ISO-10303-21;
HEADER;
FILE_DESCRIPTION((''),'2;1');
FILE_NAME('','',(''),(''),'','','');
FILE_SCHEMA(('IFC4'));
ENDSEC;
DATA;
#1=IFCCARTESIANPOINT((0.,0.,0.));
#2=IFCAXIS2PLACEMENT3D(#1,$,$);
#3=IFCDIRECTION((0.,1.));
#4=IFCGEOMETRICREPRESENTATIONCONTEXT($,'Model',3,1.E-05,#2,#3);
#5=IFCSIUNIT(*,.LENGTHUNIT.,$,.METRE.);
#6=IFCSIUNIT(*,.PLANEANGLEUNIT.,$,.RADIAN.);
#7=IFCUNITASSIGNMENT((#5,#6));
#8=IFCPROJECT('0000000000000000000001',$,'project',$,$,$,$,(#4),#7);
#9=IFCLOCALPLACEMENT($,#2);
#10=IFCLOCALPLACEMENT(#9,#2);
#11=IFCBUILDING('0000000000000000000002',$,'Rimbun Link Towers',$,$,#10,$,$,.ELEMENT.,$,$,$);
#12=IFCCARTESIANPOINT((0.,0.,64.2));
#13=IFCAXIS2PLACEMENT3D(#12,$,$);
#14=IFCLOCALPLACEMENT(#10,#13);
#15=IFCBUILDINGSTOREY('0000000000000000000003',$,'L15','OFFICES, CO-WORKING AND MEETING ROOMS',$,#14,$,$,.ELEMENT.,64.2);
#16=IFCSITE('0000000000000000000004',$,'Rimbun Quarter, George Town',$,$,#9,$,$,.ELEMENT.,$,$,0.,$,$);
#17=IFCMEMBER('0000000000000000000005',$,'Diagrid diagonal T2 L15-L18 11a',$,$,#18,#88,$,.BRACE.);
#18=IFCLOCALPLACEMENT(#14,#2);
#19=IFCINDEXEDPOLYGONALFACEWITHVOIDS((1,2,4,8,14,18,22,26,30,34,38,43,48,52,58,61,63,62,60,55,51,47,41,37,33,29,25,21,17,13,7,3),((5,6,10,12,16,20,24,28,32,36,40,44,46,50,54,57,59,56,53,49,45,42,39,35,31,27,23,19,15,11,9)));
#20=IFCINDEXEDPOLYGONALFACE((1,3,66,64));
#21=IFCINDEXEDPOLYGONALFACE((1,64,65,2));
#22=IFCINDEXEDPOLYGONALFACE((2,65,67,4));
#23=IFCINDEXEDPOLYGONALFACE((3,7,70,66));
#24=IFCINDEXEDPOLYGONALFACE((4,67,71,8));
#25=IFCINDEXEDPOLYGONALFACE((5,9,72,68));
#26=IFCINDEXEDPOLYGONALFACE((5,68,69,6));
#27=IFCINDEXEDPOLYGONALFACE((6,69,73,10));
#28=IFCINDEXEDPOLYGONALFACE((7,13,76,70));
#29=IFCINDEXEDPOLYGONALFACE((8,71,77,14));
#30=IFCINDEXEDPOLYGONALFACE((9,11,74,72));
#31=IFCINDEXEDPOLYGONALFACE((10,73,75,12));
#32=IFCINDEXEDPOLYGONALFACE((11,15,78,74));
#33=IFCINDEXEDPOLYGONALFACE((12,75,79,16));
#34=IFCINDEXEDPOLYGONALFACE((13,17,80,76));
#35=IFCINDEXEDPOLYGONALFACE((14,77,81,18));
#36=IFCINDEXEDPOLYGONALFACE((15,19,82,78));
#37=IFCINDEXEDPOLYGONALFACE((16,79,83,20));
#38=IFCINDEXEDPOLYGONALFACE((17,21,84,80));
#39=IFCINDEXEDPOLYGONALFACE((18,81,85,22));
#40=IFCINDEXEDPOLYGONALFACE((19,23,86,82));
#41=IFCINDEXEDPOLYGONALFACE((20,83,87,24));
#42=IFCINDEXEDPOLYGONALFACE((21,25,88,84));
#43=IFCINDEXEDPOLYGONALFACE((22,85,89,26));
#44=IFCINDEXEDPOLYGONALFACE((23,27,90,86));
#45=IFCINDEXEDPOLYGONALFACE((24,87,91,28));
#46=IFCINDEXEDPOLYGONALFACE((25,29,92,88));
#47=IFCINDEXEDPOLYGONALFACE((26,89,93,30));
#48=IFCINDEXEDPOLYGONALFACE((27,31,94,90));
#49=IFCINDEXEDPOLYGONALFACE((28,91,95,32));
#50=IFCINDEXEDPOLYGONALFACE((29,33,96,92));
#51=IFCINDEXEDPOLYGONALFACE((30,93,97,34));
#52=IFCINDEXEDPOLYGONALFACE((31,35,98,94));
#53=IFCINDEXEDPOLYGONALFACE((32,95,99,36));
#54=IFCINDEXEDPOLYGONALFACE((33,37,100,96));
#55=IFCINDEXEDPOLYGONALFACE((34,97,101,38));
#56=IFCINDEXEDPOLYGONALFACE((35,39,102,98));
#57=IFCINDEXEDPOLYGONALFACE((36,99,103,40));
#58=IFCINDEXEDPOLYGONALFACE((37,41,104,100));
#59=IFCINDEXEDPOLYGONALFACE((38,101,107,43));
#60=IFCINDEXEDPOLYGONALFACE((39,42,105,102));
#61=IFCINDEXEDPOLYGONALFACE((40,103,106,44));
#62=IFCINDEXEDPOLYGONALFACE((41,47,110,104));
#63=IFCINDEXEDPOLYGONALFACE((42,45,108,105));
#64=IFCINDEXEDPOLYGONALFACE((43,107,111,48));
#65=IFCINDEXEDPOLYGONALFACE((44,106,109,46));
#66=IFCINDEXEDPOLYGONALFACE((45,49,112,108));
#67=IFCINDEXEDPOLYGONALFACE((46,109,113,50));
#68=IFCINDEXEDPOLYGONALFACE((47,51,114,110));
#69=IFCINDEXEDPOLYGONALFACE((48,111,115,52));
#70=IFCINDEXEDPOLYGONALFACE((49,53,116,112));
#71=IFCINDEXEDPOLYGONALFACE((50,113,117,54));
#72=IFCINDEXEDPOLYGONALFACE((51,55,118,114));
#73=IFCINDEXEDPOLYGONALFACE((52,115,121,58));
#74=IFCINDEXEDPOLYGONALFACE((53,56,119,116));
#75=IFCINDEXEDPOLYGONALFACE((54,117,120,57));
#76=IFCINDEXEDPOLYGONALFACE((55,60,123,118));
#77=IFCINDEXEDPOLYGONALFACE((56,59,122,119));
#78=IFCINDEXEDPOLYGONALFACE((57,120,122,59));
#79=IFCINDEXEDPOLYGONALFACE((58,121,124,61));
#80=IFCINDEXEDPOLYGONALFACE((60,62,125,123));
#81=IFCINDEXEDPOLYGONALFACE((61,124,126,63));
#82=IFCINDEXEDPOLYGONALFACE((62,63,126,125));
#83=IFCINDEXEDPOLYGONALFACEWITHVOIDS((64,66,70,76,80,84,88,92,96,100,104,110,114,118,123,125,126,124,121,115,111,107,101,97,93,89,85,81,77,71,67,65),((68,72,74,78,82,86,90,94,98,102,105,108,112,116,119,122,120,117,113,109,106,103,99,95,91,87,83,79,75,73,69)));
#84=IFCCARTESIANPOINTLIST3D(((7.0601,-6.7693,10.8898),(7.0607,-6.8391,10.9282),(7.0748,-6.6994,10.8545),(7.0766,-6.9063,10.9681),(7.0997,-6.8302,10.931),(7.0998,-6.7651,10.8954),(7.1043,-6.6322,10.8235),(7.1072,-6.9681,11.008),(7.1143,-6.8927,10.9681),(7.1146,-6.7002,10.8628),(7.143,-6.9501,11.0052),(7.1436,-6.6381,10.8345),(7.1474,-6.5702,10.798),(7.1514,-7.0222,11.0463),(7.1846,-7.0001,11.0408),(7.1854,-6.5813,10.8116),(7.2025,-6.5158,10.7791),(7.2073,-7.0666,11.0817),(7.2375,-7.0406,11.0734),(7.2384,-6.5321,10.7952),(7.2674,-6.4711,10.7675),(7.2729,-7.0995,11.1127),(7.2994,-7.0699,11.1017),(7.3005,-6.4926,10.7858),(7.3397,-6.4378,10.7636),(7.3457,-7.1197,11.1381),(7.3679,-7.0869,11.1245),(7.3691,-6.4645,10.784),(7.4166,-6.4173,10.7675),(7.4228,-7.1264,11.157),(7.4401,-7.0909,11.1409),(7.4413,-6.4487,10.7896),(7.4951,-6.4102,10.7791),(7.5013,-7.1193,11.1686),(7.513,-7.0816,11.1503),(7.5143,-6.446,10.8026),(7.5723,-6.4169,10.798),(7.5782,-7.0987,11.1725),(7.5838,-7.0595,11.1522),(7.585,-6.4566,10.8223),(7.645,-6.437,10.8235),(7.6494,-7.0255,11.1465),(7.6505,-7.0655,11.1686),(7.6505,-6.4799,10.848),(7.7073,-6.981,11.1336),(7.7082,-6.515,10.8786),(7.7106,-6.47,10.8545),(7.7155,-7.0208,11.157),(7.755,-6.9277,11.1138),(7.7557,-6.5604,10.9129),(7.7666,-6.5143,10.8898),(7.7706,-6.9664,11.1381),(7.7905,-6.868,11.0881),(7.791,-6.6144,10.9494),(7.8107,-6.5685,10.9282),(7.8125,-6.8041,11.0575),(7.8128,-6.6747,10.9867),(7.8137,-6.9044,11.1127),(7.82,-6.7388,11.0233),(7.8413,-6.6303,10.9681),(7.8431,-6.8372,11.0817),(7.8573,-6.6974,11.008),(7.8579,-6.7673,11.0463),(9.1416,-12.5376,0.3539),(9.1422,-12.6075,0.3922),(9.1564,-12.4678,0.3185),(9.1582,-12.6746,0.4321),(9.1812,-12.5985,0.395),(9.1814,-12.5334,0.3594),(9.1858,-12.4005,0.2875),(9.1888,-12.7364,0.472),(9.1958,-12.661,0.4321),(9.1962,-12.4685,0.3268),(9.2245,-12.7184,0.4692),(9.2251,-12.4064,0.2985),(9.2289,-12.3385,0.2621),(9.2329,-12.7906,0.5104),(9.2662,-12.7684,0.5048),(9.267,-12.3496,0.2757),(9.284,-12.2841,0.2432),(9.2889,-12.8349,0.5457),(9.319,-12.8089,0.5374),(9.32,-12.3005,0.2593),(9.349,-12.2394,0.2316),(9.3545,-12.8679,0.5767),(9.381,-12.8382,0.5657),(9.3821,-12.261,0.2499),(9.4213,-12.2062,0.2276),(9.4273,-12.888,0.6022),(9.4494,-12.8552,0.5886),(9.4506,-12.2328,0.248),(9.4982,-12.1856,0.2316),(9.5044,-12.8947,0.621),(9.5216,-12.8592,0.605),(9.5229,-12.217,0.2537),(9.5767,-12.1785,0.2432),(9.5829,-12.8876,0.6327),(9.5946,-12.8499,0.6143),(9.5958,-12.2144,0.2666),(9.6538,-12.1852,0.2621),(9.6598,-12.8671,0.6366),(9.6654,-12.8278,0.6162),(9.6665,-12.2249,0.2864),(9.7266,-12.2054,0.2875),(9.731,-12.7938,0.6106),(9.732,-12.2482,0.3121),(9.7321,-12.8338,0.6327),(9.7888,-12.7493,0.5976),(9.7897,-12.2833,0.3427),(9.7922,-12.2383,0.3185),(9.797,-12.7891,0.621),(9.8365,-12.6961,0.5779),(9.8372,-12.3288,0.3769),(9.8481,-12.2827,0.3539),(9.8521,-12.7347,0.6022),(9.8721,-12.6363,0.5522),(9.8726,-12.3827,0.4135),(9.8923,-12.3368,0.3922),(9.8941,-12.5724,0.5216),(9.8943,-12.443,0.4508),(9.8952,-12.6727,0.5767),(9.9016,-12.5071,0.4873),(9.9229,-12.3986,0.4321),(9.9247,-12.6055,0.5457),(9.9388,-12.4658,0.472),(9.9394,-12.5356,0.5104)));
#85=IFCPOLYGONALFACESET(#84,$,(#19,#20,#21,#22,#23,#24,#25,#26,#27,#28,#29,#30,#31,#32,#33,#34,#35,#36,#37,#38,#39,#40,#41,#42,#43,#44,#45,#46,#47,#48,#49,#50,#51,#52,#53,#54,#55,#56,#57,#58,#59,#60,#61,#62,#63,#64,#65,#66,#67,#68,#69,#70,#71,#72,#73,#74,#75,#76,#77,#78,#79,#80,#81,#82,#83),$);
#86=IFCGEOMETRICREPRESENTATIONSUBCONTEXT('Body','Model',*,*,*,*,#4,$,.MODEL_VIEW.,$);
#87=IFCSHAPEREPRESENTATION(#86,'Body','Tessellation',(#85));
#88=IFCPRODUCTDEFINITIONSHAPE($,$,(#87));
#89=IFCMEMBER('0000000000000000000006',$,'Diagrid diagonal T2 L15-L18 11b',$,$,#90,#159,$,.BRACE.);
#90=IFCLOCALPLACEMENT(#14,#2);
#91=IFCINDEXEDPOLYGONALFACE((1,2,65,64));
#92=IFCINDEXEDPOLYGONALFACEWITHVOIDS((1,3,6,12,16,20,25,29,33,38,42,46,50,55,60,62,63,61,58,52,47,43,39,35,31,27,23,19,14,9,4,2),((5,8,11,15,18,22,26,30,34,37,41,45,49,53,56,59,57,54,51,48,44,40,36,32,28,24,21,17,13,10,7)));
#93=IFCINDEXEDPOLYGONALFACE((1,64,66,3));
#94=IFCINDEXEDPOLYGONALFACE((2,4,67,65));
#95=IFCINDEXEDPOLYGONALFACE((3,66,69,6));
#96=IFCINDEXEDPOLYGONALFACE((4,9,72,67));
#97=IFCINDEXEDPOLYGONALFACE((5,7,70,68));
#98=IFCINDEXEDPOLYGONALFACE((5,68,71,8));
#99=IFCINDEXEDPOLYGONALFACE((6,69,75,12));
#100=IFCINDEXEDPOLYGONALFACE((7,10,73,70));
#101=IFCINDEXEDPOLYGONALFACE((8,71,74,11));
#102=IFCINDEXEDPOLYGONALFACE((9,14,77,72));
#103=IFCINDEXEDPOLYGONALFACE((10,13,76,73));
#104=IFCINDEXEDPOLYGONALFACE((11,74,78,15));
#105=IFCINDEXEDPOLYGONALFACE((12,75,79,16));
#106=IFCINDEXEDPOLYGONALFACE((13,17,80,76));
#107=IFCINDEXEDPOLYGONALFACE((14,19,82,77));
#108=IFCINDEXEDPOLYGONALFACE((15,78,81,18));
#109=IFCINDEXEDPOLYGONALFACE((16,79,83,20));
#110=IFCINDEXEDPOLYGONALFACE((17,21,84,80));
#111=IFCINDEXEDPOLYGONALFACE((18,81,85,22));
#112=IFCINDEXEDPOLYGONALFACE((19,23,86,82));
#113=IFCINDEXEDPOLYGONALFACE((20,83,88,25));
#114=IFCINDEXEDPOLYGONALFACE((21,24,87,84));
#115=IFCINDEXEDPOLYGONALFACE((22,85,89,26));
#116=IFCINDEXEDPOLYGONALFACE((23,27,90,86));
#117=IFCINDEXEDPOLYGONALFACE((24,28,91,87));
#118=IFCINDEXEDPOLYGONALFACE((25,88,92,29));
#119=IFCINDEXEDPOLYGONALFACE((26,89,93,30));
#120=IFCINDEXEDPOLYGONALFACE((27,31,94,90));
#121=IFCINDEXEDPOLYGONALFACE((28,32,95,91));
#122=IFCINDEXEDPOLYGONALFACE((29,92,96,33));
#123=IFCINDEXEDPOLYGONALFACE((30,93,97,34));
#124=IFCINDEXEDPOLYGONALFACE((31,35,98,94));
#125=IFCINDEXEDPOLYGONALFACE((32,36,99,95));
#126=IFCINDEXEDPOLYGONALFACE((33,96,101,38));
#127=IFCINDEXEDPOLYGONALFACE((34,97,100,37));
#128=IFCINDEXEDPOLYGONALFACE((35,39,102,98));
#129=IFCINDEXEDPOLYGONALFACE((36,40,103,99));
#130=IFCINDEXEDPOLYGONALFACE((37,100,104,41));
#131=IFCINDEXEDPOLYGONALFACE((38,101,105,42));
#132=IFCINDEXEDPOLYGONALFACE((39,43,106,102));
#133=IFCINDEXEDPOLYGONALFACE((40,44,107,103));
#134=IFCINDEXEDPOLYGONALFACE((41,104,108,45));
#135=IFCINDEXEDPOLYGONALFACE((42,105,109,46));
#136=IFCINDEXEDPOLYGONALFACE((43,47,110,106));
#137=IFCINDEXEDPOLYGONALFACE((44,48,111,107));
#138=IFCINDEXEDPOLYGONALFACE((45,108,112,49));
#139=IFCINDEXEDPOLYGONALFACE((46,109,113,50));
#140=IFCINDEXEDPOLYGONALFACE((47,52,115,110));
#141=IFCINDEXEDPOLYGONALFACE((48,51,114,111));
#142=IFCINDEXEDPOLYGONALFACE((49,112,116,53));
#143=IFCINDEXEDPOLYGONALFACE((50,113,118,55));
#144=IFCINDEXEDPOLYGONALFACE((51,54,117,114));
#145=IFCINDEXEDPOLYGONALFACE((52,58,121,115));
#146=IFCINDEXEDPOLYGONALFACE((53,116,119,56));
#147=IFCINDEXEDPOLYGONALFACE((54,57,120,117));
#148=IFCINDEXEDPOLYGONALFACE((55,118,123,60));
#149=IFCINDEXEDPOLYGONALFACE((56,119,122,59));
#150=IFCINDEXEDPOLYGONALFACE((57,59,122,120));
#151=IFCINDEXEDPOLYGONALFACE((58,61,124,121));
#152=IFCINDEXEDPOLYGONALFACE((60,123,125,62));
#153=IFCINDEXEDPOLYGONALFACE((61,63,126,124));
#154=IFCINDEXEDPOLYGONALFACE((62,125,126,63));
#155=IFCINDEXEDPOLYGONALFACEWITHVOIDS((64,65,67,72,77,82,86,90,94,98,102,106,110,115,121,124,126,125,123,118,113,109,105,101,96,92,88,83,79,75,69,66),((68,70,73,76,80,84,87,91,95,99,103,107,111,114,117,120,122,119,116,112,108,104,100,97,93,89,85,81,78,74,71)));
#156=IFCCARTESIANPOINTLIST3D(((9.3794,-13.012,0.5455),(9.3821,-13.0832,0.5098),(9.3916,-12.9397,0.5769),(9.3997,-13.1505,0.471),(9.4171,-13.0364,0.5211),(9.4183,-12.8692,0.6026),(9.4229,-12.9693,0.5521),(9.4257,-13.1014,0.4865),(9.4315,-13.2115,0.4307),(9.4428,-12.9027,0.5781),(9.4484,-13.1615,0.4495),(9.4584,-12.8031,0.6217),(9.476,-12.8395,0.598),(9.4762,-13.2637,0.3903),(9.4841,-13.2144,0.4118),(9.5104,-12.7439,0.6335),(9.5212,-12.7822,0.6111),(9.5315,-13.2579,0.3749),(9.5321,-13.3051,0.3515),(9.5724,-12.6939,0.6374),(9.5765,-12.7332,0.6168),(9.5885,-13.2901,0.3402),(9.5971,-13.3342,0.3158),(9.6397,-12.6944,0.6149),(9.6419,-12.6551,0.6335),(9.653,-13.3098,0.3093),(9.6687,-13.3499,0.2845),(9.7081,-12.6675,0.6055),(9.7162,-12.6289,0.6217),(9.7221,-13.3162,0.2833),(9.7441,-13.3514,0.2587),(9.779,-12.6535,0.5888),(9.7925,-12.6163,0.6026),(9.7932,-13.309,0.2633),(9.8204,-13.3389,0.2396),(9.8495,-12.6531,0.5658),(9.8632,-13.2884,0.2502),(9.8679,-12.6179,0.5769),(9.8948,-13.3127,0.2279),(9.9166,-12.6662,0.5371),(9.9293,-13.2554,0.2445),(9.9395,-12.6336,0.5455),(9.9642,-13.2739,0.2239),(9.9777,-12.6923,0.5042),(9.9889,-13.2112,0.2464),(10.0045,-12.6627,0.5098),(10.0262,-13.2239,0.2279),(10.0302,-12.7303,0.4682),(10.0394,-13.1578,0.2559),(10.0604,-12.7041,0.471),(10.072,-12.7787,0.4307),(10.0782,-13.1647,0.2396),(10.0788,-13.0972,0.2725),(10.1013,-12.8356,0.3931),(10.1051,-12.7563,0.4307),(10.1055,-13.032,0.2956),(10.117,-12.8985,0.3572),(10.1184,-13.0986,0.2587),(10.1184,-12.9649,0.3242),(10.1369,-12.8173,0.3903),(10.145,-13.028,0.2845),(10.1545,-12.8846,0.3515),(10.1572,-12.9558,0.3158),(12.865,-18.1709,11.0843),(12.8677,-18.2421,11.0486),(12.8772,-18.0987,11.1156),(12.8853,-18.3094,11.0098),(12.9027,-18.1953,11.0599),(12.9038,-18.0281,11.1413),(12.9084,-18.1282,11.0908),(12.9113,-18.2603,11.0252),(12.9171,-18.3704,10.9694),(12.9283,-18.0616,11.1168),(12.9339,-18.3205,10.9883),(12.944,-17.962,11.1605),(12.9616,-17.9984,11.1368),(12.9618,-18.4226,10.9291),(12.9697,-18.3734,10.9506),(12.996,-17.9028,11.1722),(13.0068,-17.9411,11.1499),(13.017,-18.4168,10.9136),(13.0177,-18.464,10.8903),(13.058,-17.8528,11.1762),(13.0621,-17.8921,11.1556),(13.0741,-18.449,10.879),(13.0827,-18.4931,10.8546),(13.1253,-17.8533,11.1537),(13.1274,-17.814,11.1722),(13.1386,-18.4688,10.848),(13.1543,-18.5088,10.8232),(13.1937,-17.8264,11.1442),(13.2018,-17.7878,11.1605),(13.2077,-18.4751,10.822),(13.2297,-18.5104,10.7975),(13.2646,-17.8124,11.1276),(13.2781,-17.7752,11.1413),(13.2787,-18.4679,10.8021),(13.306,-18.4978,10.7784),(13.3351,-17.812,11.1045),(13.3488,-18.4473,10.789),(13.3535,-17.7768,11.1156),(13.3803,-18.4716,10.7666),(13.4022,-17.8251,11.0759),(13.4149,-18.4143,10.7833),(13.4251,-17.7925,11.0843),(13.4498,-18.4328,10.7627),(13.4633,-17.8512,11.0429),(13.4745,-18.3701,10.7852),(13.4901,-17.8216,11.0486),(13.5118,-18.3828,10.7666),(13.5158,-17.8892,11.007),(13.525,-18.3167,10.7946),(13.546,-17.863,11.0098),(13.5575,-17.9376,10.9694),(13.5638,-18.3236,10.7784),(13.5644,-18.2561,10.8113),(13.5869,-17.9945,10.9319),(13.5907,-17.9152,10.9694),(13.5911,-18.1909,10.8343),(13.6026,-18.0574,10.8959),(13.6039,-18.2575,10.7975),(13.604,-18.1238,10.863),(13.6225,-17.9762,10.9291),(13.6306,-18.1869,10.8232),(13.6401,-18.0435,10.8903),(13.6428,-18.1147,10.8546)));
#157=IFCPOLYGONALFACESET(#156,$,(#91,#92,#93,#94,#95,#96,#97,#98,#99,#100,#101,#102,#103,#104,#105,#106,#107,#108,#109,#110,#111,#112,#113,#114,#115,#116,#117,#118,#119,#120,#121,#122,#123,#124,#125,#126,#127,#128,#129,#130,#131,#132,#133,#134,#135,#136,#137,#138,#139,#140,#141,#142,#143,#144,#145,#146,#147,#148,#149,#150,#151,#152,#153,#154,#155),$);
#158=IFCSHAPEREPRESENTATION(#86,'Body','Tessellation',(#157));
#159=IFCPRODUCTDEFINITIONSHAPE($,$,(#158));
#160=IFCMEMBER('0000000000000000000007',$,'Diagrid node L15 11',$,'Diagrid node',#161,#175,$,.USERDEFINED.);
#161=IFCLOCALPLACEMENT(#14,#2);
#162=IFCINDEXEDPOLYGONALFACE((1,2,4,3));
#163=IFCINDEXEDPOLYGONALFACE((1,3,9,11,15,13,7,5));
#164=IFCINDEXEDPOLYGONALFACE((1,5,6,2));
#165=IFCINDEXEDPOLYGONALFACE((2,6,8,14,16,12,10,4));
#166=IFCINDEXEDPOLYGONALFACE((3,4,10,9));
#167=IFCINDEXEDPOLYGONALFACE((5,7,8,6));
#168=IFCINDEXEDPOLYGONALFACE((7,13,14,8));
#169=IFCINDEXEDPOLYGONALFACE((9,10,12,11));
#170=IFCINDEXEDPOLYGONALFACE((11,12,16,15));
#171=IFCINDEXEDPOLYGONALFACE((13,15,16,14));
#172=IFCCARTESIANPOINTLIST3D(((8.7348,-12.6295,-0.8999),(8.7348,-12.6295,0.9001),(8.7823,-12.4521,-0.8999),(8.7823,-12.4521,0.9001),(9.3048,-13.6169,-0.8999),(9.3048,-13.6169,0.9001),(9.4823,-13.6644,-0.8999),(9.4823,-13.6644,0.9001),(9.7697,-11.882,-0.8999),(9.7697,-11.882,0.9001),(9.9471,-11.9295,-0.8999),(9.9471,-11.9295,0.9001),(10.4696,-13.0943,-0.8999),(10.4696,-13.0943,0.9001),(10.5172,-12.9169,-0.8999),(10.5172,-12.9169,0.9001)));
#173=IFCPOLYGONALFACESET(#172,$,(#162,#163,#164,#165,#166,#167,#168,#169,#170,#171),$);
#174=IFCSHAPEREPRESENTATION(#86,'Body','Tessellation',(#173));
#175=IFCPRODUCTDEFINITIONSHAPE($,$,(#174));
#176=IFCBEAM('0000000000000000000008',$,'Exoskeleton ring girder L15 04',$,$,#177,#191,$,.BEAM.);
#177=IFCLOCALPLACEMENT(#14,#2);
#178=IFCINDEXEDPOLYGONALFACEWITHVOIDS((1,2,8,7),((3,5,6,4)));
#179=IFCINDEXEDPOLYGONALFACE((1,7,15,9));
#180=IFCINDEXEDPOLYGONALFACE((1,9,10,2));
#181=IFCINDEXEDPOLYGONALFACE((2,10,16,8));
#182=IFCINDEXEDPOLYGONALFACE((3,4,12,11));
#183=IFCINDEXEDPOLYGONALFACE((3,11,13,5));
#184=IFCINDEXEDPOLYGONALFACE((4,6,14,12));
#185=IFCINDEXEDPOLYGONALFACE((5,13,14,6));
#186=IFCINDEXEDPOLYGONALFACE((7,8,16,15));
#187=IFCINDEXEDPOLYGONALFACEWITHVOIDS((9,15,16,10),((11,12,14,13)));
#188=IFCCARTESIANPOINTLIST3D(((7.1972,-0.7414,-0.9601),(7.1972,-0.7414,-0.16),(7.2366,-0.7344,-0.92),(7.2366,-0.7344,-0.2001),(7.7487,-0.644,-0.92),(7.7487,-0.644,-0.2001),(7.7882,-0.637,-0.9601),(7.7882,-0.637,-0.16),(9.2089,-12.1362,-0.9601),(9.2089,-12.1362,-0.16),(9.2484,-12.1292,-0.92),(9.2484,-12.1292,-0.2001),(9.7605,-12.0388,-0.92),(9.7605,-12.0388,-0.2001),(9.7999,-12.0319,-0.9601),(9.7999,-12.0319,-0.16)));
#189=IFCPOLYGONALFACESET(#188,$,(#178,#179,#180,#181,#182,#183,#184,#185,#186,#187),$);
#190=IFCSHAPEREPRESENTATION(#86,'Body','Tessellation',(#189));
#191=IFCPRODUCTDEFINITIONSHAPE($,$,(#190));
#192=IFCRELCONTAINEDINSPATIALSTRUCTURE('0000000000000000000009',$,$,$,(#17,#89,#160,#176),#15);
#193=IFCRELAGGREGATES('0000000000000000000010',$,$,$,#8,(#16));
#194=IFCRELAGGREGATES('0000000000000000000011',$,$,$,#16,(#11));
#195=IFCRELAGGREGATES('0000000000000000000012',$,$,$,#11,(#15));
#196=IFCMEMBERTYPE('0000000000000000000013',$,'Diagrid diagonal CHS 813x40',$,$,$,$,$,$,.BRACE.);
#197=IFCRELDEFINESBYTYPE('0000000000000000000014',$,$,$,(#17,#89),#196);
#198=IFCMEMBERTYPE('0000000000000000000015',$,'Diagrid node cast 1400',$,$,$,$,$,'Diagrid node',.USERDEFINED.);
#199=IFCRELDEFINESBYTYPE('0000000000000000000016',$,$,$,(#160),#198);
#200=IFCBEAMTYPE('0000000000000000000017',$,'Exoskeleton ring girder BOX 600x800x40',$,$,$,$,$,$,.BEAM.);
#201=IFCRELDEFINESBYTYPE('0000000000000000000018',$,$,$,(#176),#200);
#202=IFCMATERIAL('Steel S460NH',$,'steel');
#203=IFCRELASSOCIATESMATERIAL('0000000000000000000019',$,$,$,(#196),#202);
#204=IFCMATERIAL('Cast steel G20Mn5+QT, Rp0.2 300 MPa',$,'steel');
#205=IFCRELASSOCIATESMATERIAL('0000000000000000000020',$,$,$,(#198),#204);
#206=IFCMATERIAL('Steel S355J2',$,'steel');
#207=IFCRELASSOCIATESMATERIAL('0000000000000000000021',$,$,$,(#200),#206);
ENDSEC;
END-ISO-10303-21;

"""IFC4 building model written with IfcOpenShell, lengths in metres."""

from ifc_helpers import new_model, si_unit, direction, frame, origin, origin_2d, place, context, subcontext, project, spatial, polyline, hollow_rectangle, hollow_circle, outline, extrude, material, material_profile, profile_set, type_object, element, save


model = new_model("IFC4")

# Units and contexts
model_context = context("Model", 3, precision=1e-05, world=origin(), true_north=direction((0.0, 1.0)))
body_context = subcontext(model_context, "Body", "Model", "MODEL_VIEW")
ifc_project = project(units=[si_unit("LENGTHUNIT", "METRE"), si_unit("PLANEANGLEUNIT", "RADIAN")], contexts=[model_context])

# Site, building, storey
site_placement = place(None, origin())
site = spatial("IfcSite", under=ifc_project, at=site_placement, Name="Rimbun Quarter, George Town", CompositionType="ELEMENT", RefElevation=0.0)
building_placement = place(site_placement, origin())
building = spatial("IfcBuilding", under=site, at=building_placement, Name="Rimbun Link Towers", CompositionType="ELEMENT")
storey_placement = place(building_placement, frame((0.0, 0.0, 64.2)))
storey = spatial("IfcBuildingStorey", under=building, at=storey_placement, Name="L15", Description="OFFICES, CO-WORKING AND MEETING ROOMS", CompositionType="ELEMENT", Elevation=64.2)

# Members
ifc_material_1 = material(Name="Steel S460NH", Category="steel")
ifc_material_profile_1 = material_profile(ifc_material_1, hollow_circle(Radius=0.4065, WallThickness=0.04, at=origin_2d()), Name="Diagrid diagonal CHS 813x40")
ifc_profile_set_1 = profile_set([ifc_material_profile_1], Name="Steel S460NH")
member_type_1 = type_object("IfcMemberType", Name="Diagrid diagonal CHS 813x40", PredefinedType="BRACE", material=ifc_profile_set_1)
member_1_placement = place(storey_placement, frame((9.5405, -12.5366, 0.4321), z_axis=(-0.17075, 0.473176, 0.864262), x_axis=(-0.94063, -0.339434, 0.0)))
element("IfcMember", 1, at=member_1_placement, inside=storey, type_object=member_type_1, Name="Diagrid diagonal T2 L15-L18 11a", PredefinedType="BRACE", context=body_context, shape_type="SweptSolid", body=[
    extrude(hollow_circle(Radius=0.4065, WallThickness=0.04, at=origin_2d()), origin(), (0.0, 0.0, 1.0), 12.1907),
])
member_2_placement = place(storey_placement, frame((9.7683, -12.9839, 0.4307), z_axis=(0.284758, -0.421463, 0.860977), x_axis=(0.828602, 0.559838, 0.0)))
element("IfcMember", 2, at=member_2_placement, inside=storey, type_object=member_type_1, Name="Diagrid diagonal T2 L15-L18 11b", PredefinedType="BRACE", context=body_context, shape_type="SweptSolid", body=[
    extrude(hollow_circle(Radius=0.4065, WallThickness=0.04, at=origin_2d()), origin(), (0.0, 0.0, 1.0), 12.2405),
])
ifc_material_2 = material(Name="Cast steel G20Mn5+QT, Rp0.2 300 MPa", Category="steel")
ifc_material_profile_2 = material_profile(ifc_material_2, outline(polyline([(0.7, -0.5701), (0.7, 0.5701), (0.5701, 0.7), (-0.5701, 0.7), (-0.7, 0.5701), (-0.7, -0.5701), (-0.5701, -0.7), (0.5701, -0.7), (0.7, -0.5701)])), Name="NODE 1400x1400")
ifc_profile_set_2 = profile_set([ifc_material_profile_2], Name="Cast steel G20Mn5+QT, Rp0.2 300 MPa")
member_type_2 = type_object("IfcMemberType", Name="Diagrid node cast 1400", ElementType="Diagrid node", PredefinedType="USERDEFINED", material=ifc_profile_set_2)
member_3_placement = place(storey_placement, frame((9.626, -12.7732, -0.8999), z_axis=(0.0, 0.0, 1.0), x_axis=(-0.866025, -0.5, 0.0)))
element("IfcMember", 3, at=member_3_placement, inside=storey, type_object=member_type_2, Name="Diagrid node L15 11", ObjectType="Diagrid node", PredefinedType="USERDEFINED", context=body_context, shape_type="SweptSolid", body=[
    extrude(outline(polyline([(0.7, -0.5701), (0.7, 0.5701), (0.5701, 0.7), (-0.5701, 0.7), (-0.7, 0.5701), (-0.7, -0.5701), (-0.5701, -0.7), (0.5701, -0.7), (0.7, -0.5701)])), origin(), (0.0, 0.0, 1.0), 1.8),
])

# Beam
ifc_material_3 = material(Name="Steel S355J2", Category="steel")
ifc_material_profile_3 = material_profile(ifc_material_3, hollow_rectangle(XDim=0.6001, YDim=0.8, WallThickness=0.04, at=origin_2d()), Name="Exoskeleton ring girder BOX 600x800x40")
ifc_profile_set_3 = profile_set([ifc_material_profile_3], Name="Steel S355J2")
beam_type_1 = type_object("IfcBeamType", Name="Exoskeleton ring girder BOX 600x800x40", PredefinedType="BEAM", material=ifc_profile_set_3)
beam_1_placement = place(storey_placement, frame((7.4927, -0.6892, -0.5601), z_axis=(0.173859, -0.984771, 0.0), x_axis=(0.984771, 0.173859, 0.0)))
element("IfcBeam", 4, at=beam_1_placement, inside=storey, type_object=beam_type_1, Name="Exoskeleton ring girder L15 04", PredefinedType="BEAM", context=body_context, shape_type="SweptSolid", body=[
    extrude(hollow_rectangle(XDim=0.6001, YDim=0.8, WallThickness=0.04, at=origin_2d()), origin(), (0.0, 0.0, 1.0), 11.571),
])

save(model, "model.ifc")
